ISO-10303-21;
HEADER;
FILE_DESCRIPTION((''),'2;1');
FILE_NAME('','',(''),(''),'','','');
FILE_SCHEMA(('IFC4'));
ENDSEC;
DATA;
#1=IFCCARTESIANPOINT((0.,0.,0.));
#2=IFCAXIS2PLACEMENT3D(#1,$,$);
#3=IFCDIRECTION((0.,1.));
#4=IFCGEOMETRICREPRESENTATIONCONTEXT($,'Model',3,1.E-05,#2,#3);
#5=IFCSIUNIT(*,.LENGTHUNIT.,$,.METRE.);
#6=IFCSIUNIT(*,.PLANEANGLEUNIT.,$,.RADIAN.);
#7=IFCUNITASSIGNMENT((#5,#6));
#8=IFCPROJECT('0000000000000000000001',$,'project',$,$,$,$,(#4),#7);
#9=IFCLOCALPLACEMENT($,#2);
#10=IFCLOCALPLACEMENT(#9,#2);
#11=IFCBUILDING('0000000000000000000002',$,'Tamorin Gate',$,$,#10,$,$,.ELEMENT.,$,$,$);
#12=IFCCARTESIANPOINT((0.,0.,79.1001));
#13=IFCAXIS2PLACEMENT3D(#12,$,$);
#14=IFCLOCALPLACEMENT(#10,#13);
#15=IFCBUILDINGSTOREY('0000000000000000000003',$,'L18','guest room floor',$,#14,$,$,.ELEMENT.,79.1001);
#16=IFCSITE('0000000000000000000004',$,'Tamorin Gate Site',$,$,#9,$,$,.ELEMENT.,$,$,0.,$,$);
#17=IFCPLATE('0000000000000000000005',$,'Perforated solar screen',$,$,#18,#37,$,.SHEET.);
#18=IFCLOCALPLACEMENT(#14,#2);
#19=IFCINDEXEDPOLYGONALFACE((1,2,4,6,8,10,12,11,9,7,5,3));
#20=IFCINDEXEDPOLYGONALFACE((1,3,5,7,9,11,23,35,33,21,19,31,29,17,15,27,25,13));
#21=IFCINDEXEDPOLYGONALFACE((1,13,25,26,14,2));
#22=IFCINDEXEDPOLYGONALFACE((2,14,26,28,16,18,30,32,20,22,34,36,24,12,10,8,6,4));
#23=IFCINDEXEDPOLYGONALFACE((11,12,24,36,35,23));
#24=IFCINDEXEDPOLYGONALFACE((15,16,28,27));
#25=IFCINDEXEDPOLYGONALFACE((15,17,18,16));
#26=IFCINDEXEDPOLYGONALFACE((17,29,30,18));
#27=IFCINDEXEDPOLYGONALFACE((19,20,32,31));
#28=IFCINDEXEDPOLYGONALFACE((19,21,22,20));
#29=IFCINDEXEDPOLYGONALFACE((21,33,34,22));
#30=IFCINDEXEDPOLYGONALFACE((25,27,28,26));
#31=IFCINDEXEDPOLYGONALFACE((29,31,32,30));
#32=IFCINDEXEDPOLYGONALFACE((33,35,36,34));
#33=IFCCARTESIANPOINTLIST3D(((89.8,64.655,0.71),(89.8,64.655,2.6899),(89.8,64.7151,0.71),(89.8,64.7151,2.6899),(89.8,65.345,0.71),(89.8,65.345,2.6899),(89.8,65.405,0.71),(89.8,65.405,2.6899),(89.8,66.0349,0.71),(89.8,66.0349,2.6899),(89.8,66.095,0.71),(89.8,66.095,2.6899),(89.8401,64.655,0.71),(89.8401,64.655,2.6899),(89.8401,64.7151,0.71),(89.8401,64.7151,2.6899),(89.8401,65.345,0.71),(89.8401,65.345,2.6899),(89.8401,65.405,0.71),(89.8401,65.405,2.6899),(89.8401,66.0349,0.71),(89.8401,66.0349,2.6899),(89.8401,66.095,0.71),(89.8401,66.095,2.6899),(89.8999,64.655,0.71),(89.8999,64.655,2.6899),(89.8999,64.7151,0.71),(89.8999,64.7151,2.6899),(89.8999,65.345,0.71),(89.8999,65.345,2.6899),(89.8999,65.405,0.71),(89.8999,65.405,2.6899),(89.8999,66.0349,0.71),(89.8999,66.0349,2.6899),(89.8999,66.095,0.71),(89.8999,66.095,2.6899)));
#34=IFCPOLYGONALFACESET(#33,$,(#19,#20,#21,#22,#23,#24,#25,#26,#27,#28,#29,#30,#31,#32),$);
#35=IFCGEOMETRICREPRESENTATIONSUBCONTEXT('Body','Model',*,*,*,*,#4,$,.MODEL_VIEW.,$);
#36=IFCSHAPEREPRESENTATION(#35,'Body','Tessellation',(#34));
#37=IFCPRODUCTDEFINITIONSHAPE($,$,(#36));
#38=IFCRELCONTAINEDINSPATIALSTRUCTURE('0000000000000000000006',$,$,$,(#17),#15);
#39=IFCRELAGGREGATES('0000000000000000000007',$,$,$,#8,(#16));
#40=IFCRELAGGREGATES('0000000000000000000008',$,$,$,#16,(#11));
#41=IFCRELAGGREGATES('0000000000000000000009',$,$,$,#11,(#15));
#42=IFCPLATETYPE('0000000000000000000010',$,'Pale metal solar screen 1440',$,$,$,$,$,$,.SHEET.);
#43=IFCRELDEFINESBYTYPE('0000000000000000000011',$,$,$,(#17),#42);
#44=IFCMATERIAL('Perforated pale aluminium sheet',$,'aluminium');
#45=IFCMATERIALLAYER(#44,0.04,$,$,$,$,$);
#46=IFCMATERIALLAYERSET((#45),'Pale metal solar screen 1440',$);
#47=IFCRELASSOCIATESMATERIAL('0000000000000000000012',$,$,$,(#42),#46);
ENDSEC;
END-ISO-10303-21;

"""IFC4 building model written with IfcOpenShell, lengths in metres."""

from ifc_helpers import new_model, si_unit, direction, frame, origin, place, context, subcontext, project, spatial, polyline, outline, extrude, material, layer, layer_set, type_object, element, save


model = new_model("IFC4")

# Units and contexts
model_context = context("Model", 3, precision=1e-05, world=origin(), true_north=direction((0.0, 1.0)))
body_context = subcontext(model_context, "Body", "Model", "MODEL_VIEW")
ifc_project = project(units=[si_unit("LENGTHUNIT", "METRE"), si_unit("PLANEANGLEUNIT", "RADIAN")], contexts=[model_context])

# Site, building, storey
site_placement = place(None, origin())
site = spatial("IfcSite", under=ifc_project, at=site_placement, Name="Tamorin Gate Site", CompositionType="ELEMENT", RefElevation=0.0)
building_placement = place(site_placement, origin())
building = spatial("IfcBuilding", under=site, at=building_placement, Name="Tamorin Gate", CompositionType="ELEMENT")
storey_placement = place(building_placement, frame((0.0, 0.0, 79.1001)))
storey = spatial("IfcBuildingStorey", under=building, at=storey_placement, Name="L18", Description="guest room floor", CompositionType="ELEMENT", Elevation=79.1001)

# Plate
ifc_material_1 = material(Name="Perforated pale aluminium sheet", Category="aluminium")
ifc_layer_1 = layer(ifc_material_1, 0.04)
ifc_layer_set_1 = layer_set([ifc_layer_1], Name="Pale metal solar screen 1440")
plate_type = type_object("IfcPlateType", Name="Pale metal solar screen 1440", PredefinedType="SHEET", material=ifc_layer_set_1)
plate_1_placement = place(storey_placement, frame((0.0, 0.0, 0.71)))
element("IfcPlate", 1, at=plate_1_placement, inside=storey, type_object=plate_type, Name="Perforated solar screen", PredefinedType="SHEET", context=body_context, shape_type="SweptSolid", body=[
    extrude(outline(polyline([(89.8401, 64.655), (89.8, 64.655), (89.8, 64.7151), (89.8, 65.345), (89.8, 65.405), (89.8, 66.0349), (89.8, 66.095), (89.8401, 66.095), (89.8999, 66.095), (89.8999, 66.0349), (89.8401, 66.0349), (89.8401, 65.405), (89.8999, 65.405), (89.8999, 65.345), (89.8401, 65.345), (89.8401, 64.7151), (89.8999, 64.7151), (89.8999, 64.655), (89.8401, 64.655)])), origin(), (0.0, 0.0, 1.0), 1.98),
])

save(model, "model.ifc")
